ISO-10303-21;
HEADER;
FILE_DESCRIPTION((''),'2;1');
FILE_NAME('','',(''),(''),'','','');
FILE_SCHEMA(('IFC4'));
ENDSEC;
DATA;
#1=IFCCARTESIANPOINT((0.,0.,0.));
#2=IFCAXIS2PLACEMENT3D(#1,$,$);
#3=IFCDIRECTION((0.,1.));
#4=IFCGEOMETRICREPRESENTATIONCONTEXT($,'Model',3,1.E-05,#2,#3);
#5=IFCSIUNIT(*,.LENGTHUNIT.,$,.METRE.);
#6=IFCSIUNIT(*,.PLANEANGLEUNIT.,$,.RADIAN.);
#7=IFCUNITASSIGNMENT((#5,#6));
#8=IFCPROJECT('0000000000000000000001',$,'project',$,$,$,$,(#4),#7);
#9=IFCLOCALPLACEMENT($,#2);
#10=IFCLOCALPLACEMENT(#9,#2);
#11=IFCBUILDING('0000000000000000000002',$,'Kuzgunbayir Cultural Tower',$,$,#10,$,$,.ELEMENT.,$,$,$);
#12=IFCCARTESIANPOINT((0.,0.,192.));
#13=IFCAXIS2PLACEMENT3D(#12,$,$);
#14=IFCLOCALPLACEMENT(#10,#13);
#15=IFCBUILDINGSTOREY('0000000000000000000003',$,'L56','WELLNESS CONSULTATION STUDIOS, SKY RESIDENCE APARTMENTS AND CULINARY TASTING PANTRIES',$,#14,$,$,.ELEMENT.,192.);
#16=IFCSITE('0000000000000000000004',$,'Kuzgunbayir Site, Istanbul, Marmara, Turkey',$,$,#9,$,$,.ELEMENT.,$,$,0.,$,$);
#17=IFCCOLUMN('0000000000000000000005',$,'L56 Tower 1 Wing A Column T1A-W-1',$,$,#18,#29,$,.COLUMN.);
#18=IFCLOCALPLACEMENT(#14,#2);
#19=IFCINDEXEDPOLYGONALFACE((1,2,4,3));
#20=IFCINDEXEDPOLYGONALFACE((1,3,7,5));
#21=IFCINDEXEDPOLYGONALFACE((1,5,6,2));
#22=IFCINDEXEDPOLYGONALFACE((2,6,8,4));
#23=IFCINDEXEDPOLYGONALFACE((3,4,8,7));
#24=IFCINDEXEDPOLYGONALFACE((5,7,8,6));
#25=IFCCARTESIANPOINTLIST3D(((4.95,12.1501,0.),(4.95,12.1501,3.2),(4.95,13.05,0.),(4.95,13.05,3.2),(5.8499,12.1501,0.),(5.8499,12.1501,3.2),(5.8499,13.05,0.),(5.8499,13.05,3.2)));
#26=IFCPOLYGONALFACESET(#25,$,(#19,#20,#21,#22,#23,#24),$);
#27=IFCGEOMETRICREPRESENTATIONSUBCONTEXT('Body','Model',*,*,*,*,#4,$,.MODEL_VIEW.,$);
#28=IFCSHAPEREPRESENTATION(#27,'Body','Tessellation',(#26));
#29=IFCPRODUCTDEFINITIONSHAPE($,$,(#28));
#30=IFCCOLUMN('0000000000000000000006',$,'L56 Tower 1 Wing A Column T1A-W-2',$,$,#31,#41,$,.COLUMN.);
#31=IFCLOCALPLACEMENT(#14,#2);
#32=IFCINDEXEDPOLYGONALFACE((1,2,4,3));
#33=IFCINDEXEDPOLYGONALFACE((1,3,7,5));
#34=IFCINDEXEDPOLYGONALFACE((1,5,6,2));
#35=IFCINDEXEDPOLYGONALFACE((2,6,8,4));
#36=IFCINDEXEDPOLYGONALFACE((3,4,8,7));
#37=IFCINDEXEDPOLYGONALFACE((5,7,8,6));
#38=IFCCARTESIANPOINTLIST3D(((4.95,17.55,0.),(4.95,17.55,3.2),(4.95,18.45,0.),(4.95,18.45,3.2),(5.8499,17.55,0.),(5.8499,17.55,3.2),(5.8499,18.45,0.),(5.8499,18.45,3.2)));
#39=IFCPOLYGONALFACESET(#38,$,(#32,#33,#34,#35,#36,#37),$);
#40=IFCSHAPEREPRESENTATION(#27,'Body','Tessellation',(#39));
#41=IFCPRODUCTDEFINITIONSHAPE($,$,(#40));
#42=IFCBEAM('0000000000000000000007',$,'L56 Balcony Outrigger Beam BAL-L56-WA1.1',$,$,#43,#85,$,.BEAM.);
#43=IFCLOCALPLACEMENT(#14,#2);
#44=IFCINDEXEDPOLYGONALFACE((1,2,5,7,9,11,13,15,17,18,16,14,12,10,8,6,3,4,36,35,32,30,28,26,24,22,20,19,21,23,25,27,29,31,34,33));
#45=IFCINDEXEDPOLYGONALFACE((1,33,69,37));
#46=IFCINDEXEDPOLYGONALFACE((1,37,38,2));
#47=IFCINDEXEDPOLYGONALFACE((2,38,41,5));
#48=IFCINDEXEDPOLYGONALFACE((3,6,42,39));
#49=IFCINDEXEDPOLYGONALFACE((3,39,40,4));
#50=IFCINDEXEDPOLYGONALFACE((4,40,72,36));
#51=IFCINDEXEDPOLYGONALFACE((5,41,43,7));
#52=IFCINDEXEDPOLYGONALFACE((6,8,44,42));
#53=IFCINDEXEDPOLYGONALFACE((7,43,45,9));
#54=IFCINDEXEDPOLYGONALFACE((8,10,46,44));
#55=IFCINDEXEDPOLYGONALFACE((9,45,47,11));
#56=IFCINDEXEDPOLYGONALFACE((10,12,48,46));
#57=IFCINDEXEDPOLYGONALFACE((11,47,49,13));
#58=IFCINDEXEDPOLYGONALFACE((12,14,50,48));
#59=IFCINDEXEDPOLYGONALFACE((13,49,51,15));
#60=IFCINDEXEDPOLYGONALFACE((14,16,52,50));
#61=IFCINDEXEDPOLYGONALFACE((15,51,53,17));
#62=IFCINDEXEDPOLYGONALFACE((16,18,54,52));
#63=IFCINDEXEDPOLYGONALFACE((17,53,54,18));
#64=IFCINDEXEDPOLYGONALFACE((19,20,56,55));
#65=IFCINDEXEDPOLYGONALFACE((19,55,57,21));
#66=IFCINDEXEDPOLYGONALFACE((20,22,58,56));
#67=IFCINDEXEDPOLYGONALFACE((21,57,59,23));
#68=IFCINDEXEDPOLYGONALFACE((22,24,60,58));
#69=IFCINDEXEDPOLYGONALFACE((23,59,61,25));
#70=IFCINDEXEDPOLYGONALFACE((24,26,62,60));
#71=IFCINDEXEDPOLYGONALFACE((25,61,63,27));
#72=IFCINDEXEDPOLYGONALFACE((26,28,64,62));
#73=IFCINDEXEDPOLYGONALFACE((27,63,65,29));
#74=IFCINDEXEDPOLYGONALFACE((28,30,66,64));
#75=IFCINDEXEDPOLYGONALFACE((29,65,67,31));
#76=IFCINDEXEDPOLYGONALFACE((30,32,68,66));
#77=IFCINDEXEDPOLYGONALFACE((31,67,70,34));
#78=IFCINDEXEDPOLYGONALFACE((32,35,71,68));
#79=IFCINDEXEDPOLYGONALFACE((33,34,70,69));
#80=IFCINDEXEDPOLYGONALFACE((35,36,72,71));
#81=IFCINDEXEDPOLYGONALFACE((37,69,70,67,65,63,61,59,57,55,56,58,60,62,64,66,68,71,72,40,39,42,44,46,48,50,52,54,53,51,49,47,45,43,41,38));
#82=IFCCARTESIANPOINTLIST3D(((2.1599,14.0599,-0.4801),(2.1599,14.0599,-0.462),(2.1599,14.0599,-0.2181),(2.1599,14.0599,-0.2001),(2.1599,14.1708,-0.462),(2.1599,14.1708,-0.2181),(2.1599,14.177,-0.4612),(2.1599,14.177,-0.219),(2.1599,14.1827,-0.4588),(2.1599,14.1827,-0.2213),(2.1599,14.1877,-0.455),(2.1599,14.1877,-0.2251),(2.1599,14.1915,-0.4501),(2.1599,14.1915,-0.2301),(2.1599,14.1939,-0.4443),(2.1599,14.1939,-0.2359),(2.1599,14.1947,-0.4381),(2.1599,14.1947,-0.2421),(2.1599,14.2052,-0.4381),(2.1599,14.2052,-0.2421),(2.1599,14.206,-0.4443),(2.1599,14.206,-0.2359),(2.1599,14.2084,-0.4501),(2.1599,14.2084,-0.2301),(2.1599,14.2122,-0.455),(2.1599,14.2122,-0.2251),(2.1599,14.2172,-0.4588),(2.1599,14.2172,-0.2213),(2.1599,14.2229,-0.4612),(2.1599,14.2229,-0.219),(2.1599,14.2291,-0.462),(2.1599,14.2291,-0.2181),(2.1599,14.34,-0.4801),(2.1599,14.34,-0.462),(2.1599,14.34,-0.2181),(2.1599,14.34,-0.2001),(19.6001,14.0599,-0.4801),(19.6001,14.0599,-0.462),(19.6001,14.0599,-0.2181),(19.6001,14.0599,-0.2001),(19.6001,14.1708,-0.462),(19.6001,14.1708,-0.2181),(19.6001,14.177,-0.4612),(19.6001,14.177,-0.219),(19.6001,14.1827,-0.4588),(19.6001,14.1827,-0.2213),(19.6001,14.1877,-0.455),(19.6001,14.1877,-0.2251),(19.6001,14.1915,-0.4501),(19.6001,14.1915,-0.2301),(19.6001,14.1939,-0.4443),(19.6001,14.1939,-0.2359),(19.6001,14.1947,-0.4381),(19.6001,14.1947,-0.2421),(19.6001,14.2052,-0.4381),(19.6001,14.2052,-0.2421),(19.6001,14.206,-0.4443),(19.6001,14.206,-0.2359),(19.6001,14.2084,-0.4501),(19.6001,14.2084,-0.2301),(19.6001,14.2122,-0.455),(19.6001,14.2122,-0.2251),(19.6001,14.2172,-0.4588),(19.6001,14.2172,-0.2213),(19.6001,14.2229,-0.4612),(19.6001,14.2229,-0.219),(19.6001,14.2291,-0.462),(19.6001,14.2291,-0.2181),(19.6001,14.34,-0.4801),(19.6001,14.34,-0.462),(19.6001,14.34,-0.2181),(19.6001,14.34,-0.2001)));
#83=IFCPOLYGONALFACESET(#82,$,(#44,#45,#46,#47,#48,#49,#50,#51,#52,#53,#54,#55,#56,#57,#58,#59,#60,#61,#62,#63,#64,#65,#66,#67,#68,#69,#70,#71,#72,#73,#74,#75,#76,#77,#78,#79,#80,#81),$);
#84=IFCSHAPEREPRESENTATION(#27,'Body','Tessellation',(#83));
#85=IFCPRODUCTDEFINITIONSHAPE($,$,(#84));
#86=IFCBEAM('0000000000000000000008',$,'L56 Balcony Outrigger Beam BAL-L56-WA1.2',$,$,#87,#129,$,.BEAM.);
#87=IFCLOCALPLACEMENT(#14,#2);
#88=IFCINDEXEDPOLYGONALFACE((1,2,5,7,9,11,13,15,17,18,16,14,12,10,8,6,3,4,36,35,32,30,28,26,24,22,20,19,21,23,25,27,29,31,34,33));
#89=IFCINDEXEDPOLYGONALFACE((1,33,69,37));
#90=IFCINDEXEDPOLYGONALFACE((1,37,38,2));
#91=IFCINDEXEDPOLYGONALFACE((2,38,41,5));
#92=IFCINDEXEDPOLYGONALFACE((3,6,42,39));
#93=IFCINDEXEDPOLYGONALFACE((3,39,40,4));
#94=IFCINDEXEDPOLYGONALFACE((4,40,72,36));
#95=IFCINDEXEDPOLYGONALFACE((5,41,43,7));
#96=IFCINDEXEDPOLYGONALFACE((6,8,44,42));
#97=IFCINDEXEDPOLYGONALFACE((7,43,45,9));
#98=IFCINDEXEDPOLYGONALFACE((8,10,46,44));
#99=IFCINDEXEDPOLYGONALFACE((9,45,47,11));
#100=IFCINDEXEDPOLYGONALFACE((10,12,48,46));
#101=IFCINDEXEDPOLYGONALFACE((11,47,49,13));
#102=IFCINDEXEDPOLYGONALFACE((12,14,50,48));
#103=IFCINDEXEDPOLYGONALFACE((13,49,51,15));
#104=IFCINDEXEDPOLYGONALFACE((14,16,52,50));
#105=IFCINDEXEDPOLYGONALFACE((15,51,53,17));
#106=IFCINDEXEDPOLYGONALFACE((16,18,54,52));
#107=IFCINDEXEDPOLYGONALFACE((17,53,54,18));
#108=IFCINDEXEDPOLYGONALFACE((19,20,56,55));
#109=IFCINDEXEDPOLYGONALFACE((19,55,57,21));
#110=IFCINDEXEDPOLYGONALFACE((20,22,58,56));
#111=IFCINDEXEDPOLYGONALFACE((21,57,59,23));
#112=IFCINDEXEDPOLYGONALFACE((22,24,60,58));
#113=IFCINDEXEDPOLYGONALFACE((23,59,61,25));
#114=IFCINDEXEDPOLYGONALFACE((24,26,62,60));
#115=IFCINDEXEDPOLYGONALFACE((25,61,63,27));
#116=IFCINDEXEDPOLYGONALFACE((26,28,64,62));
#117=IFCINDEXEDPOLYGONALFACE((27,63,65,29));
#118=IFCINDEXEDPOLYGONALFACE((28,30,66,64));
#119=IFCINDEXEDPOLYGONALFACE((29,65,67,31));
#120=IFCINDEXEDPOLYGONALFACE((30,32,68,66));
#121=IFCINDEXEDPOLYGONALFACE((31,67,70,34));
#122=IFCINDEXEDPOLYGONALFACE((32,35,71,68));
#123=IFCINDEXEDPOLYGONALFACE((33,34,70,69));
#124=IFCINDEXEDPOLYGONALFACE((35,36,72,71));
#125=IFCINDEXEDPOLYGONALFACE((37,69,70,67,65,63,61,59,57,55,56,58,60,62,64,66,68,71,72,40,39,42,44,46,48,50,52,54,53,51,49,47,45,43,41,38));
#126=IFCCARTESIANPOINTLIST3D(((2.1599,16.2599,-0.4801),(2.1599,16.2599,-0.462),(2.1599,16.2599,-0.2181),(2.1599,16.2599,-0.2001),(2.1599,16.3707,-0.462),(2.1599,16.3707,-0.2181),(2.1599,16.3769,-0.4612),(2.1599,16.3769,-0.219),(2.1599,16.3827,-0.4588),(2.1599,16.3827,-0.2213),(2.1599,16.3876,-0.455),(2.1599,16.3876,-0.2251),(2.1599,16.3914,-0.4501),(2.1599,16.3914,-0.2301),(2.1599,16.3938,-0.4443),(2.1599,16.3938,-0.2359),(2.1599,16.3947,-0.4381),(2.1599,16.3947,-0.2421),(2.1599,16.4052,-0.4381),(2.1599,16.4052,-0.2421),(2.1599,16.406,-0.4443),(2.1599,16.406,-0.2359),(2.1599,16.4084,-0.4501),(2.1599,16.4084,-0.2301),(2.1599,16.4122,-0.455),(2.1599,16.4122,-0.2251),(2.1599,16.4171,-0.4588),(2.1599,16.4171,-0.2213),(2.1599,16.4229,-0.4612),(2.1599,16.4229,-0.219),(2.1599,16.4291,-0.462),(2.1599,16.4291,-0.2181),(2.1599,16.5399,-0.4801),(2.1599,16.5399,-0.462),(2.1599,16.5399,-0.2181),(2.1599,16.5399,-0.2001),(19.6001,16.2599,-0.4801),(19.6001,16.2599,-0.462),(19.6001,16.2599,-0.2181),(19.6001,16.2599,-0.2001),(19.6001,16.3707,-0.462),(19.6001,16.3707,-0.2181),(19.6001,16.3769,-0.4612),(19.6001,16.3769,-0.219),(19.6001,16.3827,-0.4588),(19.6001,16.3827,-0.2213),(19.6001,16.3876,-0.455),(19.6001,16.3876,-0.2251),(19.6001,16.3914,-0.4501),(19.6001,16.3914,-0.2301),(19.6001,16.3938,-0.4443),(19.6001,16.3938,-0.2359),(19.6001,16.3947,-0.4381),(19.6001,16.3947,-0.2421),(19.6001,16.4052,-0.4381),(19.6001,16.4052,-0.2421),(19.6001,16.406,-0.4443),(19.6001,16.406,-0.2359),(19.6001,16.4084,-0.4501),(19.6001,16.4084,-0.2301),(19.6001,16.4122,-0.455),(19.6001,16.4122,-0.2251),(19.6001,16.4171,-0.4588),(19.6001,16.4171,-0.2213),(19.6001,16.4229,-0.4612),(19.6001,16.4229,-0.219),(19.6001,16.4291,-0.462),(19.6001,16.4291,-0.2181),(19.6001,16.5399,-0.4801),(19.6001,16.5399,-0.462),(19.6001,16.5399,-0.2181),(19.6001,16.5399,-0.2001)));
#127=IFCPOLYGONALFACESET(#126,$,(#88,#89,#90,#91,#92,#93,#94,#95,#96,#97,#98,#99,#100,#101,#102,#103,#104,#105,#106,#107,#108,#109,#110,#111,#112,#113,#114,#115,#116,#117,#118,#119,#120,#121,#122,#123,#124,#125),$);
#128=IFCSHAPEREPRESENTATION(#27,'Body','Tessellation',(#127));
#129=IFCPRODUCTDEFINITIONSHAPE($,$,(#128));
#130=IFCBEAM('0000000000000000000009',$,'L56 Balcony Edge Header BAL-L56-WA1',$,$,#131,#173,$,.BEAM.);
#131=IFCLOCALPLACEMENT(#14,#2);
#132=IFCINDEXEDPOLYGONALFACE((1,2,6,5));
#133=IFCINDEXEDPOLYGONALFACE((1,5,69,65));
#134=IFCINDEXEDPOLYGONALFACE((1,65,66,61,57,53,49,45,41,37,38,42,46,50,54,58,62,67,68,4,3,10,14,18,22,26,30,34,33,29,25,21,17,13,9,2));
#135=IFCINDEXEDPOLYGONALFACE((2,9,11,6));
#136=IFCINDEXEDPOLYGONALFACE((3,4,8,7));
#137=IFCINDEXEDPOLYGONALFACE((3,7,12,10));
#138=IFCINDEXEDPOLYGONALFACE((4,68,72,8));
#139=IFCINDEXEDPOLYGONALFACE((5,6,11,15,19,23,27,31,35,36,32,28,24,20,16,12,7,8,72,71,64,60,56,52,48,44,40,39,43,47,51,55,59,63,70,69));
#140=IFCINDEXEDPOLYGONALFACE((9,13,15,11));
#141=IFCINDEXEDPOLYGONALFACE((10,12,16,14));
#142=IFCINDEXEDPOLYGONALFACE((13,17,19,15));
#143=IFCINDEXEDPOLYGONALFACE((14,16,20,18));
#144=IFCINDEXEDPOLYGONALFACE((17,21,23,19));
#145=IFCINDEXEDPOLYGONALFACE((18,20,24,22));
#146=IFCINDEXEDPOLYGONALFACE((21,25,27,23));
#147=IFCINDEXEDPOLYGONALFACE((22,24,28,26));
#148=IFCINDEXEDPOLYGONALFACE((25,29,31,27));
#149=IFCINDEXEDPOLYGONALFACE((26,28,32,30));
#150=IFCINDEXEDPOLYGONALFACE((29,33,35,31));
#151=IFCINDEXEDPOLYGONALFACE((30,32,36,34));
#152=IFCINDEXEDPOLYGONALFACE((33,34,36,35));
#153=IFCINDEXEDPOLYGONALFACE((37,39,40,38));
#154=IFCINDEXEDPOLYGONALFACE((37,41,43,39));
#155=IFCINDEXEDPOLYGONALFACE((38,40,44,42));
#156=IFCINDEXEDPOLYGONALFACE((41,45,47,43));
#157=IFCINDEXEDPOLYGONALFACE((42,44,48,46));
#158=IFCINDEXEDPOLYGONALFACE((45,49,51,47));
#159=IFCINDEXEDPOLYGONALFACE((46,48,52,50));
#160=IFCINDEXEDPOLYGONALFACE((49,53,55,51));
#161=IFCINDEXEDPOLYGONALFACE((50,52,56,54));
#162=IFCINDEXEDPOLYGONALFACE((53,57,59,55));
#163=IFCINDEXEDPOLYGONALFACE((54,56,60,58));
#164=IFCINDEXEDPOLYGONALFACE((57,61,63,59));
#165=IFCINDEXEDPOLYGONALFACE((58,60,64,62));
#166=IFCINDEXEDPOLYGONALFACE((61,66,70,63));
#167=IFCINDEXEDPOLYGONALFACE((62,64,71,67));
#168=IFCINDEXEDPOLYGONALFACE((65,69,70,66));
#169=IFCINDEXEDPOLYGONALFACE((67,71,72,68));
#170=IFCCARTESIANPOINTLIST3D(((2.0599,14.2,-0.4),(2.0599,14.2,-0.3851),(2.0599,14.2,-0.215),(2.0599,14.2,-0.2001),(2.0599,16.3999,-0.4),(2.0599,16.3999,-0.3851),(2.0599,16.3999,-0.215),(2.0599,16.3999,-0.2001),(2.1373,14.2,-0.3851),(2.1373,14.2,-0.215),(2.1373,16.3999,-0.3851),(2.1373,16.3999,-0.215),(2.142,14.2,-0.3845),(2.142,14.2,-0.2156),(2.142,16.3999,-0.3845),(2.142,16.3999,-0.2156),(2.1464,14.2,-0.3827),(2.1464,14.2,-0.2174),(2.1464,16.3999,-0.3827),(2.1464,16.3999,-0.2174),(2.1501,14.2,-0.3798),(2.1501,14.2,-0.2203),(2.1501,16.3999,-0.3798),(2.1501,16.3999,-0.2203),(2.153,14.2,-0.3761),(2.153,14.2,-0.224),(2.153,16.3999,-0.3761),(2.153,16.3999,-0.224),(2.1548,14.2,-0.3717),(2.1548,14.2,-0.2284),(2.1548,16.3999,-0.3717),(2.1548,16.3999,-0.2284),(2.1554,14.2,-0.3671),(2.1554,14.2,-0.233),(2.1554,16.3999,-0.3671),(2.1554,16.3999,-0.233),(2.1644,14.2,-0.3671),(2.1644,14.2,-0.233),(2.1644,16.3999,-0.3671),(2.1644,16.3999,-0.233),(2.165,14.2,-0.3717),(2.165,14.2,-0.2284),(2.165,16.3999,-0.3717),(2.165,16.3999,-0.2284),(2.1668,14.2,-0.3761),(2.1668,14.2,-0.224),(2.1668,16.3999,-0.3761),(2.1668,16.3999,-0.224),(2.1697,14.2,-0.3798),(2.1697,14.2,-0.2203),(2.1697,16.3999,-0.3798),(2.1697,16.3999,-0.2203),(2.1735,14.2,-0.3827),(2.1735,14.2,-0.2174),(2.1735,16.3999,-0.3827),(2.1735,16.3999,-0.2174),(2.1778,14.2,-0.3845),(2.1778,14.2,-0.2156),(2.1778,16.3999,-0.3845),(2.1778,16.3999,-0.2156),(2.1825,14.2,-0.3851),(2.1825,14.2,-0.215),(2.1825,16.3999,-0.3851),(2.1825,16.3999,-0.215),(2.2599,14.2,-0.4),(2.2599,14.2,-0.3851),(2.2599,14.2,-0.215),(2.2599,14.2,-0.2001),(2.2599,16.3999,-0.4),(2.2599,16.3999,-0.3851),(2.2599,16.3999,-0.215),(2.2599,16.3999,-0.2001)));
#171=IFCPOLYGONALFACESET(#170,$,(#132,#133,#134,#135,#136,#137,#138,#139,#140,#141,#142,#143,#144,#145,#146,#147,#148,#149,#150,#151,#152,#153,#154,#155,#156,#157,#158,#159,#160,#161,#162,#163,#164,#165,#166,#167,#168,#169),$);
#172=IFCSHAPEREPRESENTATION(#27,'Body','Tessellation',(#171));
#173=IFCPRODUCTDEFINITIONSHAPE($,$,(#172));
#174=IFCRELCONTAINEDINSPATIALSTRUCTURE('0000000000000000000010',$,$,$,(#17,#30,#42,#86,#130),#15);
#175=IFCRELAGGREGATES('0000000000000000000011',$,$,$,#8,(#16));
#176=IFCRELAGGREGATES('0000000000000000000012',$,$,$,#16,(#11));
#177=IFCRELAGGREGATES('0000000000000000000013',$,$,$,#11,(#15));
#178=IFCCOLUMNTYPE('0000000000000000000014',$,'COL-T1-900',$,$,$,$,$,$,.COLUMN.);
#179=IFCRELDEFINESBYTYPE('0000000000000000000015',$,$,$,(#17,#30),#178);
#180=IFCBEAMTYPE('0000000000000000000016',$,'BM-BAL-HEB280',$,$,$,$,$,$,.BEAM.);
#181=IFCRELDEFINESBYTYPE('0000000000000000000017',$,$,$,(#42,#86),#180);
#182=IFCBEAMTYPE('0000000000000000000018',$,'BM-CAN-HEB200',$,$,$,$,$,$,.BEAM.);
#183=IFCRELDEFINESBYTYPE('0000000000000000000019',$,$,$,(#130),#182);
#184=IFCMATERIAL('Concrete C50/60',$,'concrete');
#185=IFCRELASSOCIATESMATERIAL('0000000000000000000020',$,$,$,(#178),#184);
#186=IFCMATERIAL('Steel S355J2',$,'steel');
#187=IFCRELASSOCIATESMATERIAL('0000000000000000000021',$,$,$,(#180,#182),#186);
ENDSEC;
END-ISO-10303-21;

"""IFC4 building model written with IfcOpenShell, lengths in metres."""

from ifc_helpers import new_model, si_unit, direction, frame, origin, origin_2d, place, context, subcontext, project, spatial, rectangle, i_section, extrude, material, material_profile, profile_set, type_object, element, save


model = new_model("IFC4")

# Units and contexts
model_context = context("Model", 3, precision=1e-05, world=origin(), true_north=direction((0.0, 1.0)))
body_context = subcontext(model_context, "Body", "Model", "MODEL_VIEW")
ifc_project = project(units=[si_unit("LENGTHUNIT", "METRE"), si_unit("PLANEANGLEUNIT", "RADIAN")], contexts=[model_context])

# Site, building, storey
site_placement = place(None, origin())
site = spatial("IfcSite", under=ifc_project, at=site_placement, Name="Kuzgunbayir Site, Istanbul, Marmara, Turkey", CompositionType="ELEMENT", RefElevation=0.0)
building_placement = place(site_placement, origin())
building = spatial("IfcBuilding", under=site, at=building_placement, Name="Kuzgunbayir Cultural Tower", CompositionType="ELEMENT")
storey_placement = place(building_placement, frame((0.0, 0.0, 192.0)))
storey = spatial("IfcBuildingStorey", under=building, at=storey_placement, Name="L56", Description="WELLNESS CONSULTATION STUDIOS, SKY RESIDENCE APARTMENTS AND CULINARY TASTING PANTRIES", CompositionType="ELEMENT", Elevation=192.0)

# Columns
ifc_material_1 = material(Name="Concrete C50/60", Category="concrete")
ifc_material_profile_1 = material_profile(ifc_material_1, rectangle(XDim=0.8999, YDim=0.8999, at=origin_2d()), Name="RC 900x900")
ifc_profile_set_1 = profile_set([ifc_material_profile_1], Name="Concrete C50/60")
column_type = type_object("IfcColumnType", Name="COL-T1-900", PredefinedType="COLUMN", material=ifc_profile_set_1)
for number, where, z_axis, x_axis, name in (
    (1, (5.3999, 12.6001, 0.0), (0.0, 0.0, 1.0), (1.0, 0.0, 0.0), "L56 Tower 1 Wing A Column T1A-W-1"),
    (2, (5.3999, 18.0, 0.0), (0.0, 0.0, 1.0), (1.0, 0.0, 0.0), "L56 Tower 1 Wing A Column T1A-W-2"),
):
    element("IfcColumn", number, at=place(storey_placement, frame(where, z_axis=z_axis, x_axis=x_axis)), inside=storey, type_object=column_type, Name=name, PredefinedType="COLUMN", context=body_context, shape_type="SweptSolid", body=[
        extrude(rectangle(XDim=0.8999, YDim=0.8999, at=origin_2d()), origin(), (0.0, 0.0, 1.0), 3.2),
    ])

# Beams
ifc_material_2 = material(Name="Steel S355J2", Category="steel")
ifc_material_profile_2 = material_profile(ifc_material_2, i_section(OverallWidth=0.28, OverallDepth=0.28, WebThickness=0.0105, FlangeThickness=0.0181, FilletRadius=0.0239, at=origin_2d()), Name="HEB 280")
ifc_profile_set_2 = profile_set([ifc_material_profile_2], Name="Steel S355J2")
beam_type_1 = type_object("IfcBeamType", Name="BM-BAL-HEB280", PredefinedType="BEAM", material=ifc_profile_set_2)
for number, where, z_axis, x_axis, name in (
    (3, (2.1599, 14.2, -0.3401), (1.0, 0.0, 0.0), (0.0, 1.0, 0.0), "L56 Balcony Outrigger Beam BAL-L56-WA1.1"),
    (4, (2.1599, 16.3999, -0.3401), (1.0, 0.0, 0.0), (0.0, 1.0, 0.0), "L56 Balcony Outrigger Beam BAL-L56-WA1.2"),
):
    element("IfcBeam", number, at=place(storey_placement, frame(where, z_axis=z_axis, x_axis=x_axis)), inside=storey, type_object=beam_type_1, Name=name, PredefinedType="BEAM", context=body_context, shape_type="SweptSolid", body=[
        extrude(i_section(OverallWidth=0.28, OverallDepth=0.28, WebThickness=0.0105, FlangeThickness=0.0181, FilletRadius=0.0239, at=origin_2d()), origin(), (0.0, 0.0, 1.0), 17.4402),
    ])
ifc_material_profile_3 = material_profile(ifc_material_2, i_section(OverallWidth=0.2, OverallDepth=0.2, WebThickness=0.009, FlangeThickness=0.0149, FilletRadius=0.0181, at=origin_2d()), Name="HEB 200")
ifc_profile_set_3 = profile_set([ifc_material_profile_3], Name="Steel S355J2")
beam_type_2 = type_object("IfcBeamType", Name="BM-CAN-HEB200", PredefinedType="BEAM", material=ifc_profile_set_3)
beam_1_placement = place(storey_placement, frame((2.1599, 14.2, -0.3), z_axis=(0.0, 1.0, 0.0), x_axis=(-1.0, 0.0, 0.0)))
element("IfcBeam", 5, at=beam_1_placement, inside=storey, type_object=beam_type_2, Name="L56 Balcony Edge Header BAL-L56-WA1", PredefinedType="BEAM", context=body_context, shape_type="SweptSolid", body=[
    extrude(i_section(OverallWidth=0.2, OverallDepth=0.2, WebThickness=0.009, FlangeThickness=0.0149, FilletRadius=0.0181, at=origin_2d()), origin(), (0.0, 0.0, 1.0), 2.2),
])

save(model, "model.ifc")
